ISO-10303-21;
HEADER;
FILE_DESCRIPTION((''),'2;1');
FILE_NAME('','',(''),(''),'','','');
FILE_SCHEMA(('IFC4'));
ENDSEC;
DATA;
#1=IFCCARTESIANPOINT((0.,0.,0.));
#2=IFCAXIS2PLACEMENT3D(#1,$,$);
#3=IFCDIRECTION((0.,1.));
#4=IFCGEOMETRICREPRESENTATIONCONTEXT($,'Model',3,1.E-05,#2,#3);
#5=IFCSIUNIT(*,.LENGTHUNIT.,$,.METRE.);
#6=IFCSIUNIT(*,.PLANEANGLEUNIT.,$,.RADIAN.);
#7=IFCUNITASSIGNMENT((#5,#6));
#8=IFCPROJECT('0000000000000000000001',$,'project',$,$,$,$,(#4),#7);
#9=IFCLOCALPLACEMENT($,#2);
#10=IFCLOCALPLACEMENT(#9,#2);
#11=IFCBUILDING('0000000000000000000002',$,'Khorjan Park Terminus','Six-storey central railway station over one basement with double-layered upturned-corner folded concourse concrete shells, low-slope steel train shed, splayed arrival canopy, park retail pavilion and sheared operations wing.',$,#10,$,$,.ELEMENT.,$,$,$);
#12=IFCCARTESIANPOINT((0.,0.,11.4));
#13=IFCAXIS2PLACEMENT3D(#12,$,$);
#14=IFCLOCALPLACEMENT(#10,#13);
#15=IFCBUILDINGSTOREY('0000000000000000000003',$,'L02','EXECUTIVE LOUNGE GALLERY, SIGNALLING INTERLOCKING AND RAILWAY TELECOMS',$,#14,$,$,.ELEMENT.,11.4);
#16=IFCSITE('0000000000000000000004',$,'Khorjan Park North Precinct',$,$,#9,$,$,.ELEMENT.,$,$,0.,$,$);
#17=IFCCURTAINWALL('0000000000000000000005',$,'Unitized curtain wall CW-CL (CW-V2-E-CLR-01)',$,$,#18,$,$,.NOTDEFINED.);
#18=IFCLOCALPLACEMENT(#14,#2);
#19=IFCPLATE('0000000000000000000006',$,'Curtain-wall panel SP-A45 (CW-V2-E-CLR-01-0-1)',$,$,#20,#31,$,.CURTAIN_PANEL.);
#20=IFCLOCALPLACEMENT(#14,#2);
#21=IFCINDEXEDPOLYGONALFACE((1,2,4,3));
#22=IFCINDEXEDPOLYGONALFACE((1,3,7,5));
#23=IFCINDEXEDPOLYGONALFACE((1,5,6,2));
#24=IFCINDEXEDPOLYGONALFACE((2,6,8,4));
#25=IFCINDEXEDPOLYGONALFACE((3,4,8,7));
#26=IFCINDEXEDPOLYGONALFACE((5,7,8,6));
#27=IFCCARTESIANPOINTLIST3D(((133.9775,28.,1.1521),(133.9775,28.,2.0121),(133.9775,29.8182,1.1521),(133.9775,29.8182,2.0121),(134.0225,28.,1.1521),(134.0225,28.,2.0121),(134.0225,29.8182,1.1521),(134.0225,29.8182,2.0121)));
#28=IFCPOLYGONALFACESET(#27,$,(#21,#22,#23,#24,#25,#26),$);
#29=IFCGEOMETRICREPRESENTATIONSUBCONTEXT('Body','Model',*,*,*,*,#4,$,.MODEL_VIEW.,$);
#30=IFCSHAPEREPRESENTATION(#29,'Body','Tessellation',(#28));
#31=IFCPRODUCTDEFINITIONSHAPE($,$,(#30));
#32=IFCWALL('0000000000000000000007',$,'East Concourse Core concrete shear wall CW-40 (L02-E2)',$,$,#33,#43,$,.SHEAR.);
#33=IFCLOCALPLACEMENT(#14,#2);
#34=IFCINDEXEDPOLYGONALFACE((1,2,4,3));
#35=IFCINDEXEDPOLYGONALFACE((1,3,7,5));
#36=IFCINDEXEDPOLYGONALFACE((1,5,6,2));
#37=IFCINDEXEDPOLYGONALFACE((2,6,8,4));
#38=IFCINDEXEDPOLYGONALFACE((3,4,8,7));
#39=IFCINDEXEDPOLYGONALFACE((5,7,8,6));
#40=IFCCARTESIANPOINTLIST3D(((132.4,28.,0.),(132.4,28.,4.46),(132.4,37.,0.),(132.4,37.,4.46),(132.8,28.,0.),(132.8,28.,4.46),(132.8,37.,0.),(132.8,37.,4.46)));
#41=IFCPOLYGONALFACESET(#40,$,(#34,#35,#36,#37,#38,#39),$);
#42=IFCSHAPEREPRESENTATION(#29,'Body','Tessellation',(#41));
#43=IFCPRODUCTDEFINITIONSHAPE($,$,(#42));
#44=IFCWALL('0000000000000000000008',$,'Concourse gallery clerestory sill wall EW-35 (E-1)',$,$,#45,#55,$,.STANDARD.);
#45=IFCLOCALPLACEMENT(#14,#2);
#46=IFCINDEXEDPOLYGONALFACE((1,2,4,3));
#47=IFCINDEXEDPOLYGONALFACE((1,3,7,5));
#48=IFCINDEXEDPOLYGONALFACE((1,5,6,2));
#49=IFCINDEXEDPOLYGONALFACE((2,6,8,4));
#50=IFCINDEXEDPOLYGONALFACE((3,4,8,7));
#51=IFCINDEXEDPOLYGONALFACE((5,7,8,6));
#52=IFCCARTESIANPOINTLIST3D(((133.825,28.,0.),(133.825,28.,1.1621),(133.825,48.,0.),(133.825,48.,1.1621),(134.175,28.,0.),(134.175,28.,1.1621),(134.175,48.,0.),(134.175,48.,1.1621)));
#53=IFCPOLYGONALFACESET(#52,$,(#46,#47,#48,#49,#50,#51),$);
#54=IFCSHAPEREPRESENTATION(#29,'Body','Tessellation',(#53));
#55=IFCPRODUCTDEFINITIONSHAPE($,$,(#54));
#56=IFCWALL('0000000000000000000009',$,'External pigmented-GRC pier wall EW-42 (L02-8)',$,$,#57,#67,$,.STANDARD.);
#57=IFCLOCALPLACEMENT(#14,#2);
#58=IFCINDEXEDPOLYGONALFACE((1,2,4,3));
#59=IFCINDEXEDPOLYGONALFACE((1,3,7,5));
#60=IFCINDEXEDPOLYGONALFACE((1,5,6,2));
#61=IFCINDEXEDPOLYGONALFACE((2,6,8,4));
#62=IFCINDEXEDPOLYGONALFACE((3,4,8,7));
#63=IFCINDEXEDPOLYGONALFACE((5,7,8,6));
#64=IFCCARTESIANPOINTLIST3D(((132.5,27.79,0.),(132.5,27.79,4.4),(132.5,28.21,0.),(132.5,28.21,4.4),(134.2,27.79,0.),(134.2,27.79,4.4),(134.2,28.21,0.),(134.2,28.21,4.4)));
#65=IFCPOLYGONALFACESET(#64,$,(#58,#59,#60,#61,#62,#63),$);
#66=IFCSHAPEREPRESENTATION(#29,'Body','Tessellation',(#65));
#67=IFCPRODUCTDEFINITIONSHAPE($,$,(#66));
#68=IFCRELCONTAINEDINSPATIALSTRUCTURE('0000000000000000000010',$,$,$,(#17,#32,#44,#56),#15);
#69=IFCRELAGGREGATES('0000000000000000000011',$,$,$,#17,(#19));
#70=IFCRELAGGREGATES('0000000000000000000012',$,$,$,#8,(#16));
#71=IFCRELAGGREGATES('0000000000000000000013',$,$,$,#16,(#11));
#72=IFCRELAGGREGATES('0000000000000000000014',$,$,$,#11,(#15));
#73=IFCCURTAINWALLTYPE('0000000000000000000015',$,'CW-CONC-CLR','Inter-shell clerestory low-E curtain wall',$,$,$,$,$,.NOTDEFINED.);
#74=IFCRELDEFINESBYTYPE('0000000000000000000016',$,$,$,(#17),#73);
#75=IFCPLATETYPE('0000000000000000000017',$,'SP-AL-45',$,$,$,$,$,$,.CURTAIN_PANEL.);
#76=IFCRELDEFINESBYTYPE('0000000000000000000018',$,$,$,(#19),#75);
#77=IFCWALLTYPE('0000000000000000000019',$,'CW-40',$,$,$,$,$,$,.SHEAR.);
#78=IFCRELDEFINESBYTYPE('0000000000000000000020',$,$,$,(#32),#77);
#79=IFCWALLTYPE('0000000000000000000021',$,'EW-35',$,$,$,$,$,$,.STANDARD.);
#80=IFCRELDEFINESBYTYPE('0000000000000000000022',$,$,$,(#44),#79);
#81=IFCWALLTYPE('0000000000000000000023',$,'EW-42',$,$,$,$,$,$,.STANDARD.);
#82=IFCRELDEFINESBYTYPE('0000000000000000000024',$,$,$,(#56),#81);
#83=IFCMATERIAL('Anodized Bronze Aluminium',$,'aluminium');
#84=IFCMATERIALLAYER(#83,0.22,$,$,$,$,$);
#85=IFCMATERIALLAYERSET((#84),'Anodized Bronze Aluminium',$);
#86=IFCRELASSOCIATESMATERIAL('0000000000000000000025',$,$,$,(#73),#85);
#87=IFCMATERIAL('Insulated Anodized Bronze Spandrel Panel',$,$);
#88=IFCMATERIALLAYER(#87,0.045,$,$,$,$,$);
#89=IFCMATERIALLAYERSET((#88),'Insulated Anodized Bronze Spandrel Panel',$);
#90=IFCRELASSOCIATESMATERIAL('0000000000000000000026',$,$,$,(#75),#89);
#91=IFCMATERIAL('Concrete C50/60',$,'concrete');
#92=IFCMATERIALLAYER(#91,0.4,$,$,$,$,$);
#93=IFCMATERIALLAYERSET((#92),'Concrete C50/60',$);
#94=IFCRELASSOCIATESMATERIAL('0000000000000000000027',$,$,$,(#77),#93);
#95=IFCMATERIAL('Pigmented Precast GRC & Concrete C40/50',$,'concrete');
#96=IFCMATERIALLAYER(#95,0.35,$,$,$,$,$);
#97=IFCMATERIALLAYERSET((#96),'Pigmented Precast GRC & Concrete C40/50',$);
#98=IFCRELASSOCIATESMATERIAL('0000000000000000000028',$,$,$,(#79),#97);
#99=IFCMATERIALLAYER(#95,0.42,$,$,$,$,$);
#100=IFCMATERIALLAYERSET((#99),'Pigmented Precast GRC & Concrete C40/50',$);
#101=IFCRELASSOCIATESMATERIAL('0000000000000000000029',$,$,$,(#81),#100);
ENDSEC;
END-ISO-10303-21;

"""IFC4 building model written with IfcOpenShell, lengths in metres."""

from ifc_helpers import new_model, si_unit, direction, frame, frame_2d, origin, origin_2d, place, context, subcontext, project, spatial, rectangle, extrude, material, layer, layer_set, type_object, element, aggregate, save


model = new_model("IFC4")

# Units and contexts
model_context = context("Model", 3, precision=1e-05, world=origin(), true_north=direction((0.0, 1.0)))
body_context = subcontext(model_context, "Body", "Model", "MODEL_VIEW")
ifc_project = project(units=[si_unit("LENGTHUNIT", "METRE"), si_unit("PLANEANGLEUNIT", "RADIAN")], contexts=[model_context])

# Site, building, storey
site_placement = place(None, origin())
site = spatial("IfcSite", under=ifc_project, at=site_placement, Name="Khorjan Park North Precinct", CompositionType="ELEMENT", RefElevation=0.0)
building_placement = place(site_placement, origin())
building = spatial("IfcBuilding", under=site, at=building_placement, Name="Khorjan Park Terminus", Description="Six-storey central railway station over one basement with double-layered upturned-corner folded concourse concrete shells, low-slope steel train shed, splayed arrival canopy, park retail pavilion and sheared operations wing.", CompositionType="ELEMENT")
storey_placement = place(building_placement, frame((0.0, 0.0, 11.4)))
storey = spatial("IfcBuildingStorey", under=building, at=storey_placement, Name="L02", Description="EXECUTIVE LOUNGE GALLERY, SIGNALLING INTERLOCKING AND RAILWAY TELECOMS", CompositionType="ELEMENT", Elevation=11.4)

# Shared definitions
ifc_material_1 = material(Name="Concrete C50/60", Category="concrete")

# Curtain wall
ifc_material_2 = material(Name="Anodized Bronze Aluminium", Category="aluminium")
ifc_layer_1 = layer(ifc_material_2, 0.22)
ifc_layer_set_1 = layer_set([ifc_layer_1], Name="Anodized Bronze Aluminium")
curtain_wall_type = type_object("IfcCurtainWallType", Name="CW-CONC-CLR", Description="Inter-shell clerestory low-E curtain wall", PredefinedType="NOTDEFINED", material=ifc_layer_set_1)
curtain_wall_placement = place(storey_placement, origin())
curtain_wall = element("IfcCurtainWall", 1, at=curtain_wall_placement, inside=storey, type_object=curtain_wall_type, Name="Unitized curtain wall CW-CL (CW-V2-E-CLR-01)", PredefinedType="NOTDEFINED")

# Plate
ifc_material_3 = material(Name="Insulated Anodized Bronze Spandrel Panel")
ifc_layer_2 = layer(ifc_material_3, 0.045)
ifc_layer_set_2 = layer_set([ifc_layer_2], Name="Insulated Anodized Bronze Spandrel Panel")
plate_type_1 = type_object("IfcPlateType", Name="SP-AL-45", PredefinedType="CURTAIN_PANEL", material=ifc_layer_set_2)
plate_1_placement = place(storey_placement, frame((134.0, 28.9091, 1.1521), z_axis=(0.0, 0.0, 1.0), x_axis=(0.0, 1.0, 0.0)))
plate_1 = element("IfcPlate", 2, at=plate_1_placement, type_object=plate_type_1, Name="Curtain-wall panel SP-A45 (CW-V2-E-CLR-01-0-1)", PredefinedType="CURTAIN_PANEL", context=body_context, shape_type="SweptSolid", body=[
    extrude(rectangle(XDim=1.8182, YDim=0.045, at=origin_2d()), origin(), (0.0, 0.0, 1.0), 0.86),
])
aggregate(curtain_wall, [plate_1])

# Walls
ifc_layer_3 = layer(ifc_material_1, 0.4)
ifc_layer_set_3 = layer_set([ifc_layer_3], Name="Concrete C50/60")
wall_type_1 = type_object("IfcWallType", Name="CW-40", PredefinedType="SHEAR", material=ifc_layer_set_3)
wall_1_placement = place(storey_placement, frame((132.6, 28.0, 0.0), z_axis=(0.0, 0.0, 1.0), x_axis=(0.0, 1.0, 0.0)))
element("IfcWall", 3, at=wall_1_placement, inside=storey, type_object=wall_type_1, Name="East Concourse Core concrete shear wall CW-40 (L02-E2)", PredefinedType="SHEAR", context=body_context, shape_type="SweptSolid", body=[
    extrude(rectangle(XDim=9.0, YDim=0.4, at=frame_2d((4.5, 0.0))), origin(), (0.0, 0.0, 1.0), 4.46),
])
ifc_material_4 = material(Name="Pigmented Precast GRC & Concrete C40/50", Category="concrete")
ifc_layer_4 = layer(ifc_material_4, 0.35)
ifc_layer_set_4 = layer_set([ifc_layer_4], Name="Pigmented Precast GRC & Concrete C40/50")
wall_type_2 = type_object("IfcWallType", Name="EW-35", PredefinedType="STANDARD", material=ifc_layer_set_4)
wall_2_placement = place(storey_placement, frame((134.0, 28.0, 0.0), z_axis=(0.0, 0.0, 1.0), x_axis=(0.0, 1.0, 0.0)))
element("IfcWall", 4, at=wall_2_placement, inside=storey, type_object=wall_type_2, Name="Concourse gallery clerestory sill wall EW-35 (E-1)", PredefinedType="STANDARD", context=body_context, shape_type="SweptSolid", body=[
    extrude(rectangle(XDim=20.0, YDim=0.35, at=frame_2d((10.0, 0.0))), origin(), (0.0, 0.0, 1.0), 1.1621),
])
ifc_layer_5 = layer(ifc_material_4, 0.42)
ifc_layer_set_5 = layer_set([ifc_layer_5], Name="Pigmented Precast GRC & Concrete C40/50")
wall_type_3 = type_object("IfcWallType", Name="EW-42", PredefinedType="STANDARD", material=ifc_layer_set_5)
wall_3_placement = place(storey_placement, frame((132.5, 28.0, 0.0), z_axis=(0.0, 0.0, 1.0), x_axis=(1.0, 0.0, 0.0)))
element("IfcWall", 5, at=wall_3_placement, inside=storey, type_object=wall_type_3, Name="External pigmented-GRC pier wall EW-42 (L02-8)", PredefinedType="STANDARD", context=body_context, shape_type="SweptSolid", body=[
    extrude(rectangle(XDim=1.7, YDim=0.42, at=frame_2d((0.85, 0.0))), origin(), (0.0, 0.0, 1.0), 4.4),
])

save(model, "model.ifc")
